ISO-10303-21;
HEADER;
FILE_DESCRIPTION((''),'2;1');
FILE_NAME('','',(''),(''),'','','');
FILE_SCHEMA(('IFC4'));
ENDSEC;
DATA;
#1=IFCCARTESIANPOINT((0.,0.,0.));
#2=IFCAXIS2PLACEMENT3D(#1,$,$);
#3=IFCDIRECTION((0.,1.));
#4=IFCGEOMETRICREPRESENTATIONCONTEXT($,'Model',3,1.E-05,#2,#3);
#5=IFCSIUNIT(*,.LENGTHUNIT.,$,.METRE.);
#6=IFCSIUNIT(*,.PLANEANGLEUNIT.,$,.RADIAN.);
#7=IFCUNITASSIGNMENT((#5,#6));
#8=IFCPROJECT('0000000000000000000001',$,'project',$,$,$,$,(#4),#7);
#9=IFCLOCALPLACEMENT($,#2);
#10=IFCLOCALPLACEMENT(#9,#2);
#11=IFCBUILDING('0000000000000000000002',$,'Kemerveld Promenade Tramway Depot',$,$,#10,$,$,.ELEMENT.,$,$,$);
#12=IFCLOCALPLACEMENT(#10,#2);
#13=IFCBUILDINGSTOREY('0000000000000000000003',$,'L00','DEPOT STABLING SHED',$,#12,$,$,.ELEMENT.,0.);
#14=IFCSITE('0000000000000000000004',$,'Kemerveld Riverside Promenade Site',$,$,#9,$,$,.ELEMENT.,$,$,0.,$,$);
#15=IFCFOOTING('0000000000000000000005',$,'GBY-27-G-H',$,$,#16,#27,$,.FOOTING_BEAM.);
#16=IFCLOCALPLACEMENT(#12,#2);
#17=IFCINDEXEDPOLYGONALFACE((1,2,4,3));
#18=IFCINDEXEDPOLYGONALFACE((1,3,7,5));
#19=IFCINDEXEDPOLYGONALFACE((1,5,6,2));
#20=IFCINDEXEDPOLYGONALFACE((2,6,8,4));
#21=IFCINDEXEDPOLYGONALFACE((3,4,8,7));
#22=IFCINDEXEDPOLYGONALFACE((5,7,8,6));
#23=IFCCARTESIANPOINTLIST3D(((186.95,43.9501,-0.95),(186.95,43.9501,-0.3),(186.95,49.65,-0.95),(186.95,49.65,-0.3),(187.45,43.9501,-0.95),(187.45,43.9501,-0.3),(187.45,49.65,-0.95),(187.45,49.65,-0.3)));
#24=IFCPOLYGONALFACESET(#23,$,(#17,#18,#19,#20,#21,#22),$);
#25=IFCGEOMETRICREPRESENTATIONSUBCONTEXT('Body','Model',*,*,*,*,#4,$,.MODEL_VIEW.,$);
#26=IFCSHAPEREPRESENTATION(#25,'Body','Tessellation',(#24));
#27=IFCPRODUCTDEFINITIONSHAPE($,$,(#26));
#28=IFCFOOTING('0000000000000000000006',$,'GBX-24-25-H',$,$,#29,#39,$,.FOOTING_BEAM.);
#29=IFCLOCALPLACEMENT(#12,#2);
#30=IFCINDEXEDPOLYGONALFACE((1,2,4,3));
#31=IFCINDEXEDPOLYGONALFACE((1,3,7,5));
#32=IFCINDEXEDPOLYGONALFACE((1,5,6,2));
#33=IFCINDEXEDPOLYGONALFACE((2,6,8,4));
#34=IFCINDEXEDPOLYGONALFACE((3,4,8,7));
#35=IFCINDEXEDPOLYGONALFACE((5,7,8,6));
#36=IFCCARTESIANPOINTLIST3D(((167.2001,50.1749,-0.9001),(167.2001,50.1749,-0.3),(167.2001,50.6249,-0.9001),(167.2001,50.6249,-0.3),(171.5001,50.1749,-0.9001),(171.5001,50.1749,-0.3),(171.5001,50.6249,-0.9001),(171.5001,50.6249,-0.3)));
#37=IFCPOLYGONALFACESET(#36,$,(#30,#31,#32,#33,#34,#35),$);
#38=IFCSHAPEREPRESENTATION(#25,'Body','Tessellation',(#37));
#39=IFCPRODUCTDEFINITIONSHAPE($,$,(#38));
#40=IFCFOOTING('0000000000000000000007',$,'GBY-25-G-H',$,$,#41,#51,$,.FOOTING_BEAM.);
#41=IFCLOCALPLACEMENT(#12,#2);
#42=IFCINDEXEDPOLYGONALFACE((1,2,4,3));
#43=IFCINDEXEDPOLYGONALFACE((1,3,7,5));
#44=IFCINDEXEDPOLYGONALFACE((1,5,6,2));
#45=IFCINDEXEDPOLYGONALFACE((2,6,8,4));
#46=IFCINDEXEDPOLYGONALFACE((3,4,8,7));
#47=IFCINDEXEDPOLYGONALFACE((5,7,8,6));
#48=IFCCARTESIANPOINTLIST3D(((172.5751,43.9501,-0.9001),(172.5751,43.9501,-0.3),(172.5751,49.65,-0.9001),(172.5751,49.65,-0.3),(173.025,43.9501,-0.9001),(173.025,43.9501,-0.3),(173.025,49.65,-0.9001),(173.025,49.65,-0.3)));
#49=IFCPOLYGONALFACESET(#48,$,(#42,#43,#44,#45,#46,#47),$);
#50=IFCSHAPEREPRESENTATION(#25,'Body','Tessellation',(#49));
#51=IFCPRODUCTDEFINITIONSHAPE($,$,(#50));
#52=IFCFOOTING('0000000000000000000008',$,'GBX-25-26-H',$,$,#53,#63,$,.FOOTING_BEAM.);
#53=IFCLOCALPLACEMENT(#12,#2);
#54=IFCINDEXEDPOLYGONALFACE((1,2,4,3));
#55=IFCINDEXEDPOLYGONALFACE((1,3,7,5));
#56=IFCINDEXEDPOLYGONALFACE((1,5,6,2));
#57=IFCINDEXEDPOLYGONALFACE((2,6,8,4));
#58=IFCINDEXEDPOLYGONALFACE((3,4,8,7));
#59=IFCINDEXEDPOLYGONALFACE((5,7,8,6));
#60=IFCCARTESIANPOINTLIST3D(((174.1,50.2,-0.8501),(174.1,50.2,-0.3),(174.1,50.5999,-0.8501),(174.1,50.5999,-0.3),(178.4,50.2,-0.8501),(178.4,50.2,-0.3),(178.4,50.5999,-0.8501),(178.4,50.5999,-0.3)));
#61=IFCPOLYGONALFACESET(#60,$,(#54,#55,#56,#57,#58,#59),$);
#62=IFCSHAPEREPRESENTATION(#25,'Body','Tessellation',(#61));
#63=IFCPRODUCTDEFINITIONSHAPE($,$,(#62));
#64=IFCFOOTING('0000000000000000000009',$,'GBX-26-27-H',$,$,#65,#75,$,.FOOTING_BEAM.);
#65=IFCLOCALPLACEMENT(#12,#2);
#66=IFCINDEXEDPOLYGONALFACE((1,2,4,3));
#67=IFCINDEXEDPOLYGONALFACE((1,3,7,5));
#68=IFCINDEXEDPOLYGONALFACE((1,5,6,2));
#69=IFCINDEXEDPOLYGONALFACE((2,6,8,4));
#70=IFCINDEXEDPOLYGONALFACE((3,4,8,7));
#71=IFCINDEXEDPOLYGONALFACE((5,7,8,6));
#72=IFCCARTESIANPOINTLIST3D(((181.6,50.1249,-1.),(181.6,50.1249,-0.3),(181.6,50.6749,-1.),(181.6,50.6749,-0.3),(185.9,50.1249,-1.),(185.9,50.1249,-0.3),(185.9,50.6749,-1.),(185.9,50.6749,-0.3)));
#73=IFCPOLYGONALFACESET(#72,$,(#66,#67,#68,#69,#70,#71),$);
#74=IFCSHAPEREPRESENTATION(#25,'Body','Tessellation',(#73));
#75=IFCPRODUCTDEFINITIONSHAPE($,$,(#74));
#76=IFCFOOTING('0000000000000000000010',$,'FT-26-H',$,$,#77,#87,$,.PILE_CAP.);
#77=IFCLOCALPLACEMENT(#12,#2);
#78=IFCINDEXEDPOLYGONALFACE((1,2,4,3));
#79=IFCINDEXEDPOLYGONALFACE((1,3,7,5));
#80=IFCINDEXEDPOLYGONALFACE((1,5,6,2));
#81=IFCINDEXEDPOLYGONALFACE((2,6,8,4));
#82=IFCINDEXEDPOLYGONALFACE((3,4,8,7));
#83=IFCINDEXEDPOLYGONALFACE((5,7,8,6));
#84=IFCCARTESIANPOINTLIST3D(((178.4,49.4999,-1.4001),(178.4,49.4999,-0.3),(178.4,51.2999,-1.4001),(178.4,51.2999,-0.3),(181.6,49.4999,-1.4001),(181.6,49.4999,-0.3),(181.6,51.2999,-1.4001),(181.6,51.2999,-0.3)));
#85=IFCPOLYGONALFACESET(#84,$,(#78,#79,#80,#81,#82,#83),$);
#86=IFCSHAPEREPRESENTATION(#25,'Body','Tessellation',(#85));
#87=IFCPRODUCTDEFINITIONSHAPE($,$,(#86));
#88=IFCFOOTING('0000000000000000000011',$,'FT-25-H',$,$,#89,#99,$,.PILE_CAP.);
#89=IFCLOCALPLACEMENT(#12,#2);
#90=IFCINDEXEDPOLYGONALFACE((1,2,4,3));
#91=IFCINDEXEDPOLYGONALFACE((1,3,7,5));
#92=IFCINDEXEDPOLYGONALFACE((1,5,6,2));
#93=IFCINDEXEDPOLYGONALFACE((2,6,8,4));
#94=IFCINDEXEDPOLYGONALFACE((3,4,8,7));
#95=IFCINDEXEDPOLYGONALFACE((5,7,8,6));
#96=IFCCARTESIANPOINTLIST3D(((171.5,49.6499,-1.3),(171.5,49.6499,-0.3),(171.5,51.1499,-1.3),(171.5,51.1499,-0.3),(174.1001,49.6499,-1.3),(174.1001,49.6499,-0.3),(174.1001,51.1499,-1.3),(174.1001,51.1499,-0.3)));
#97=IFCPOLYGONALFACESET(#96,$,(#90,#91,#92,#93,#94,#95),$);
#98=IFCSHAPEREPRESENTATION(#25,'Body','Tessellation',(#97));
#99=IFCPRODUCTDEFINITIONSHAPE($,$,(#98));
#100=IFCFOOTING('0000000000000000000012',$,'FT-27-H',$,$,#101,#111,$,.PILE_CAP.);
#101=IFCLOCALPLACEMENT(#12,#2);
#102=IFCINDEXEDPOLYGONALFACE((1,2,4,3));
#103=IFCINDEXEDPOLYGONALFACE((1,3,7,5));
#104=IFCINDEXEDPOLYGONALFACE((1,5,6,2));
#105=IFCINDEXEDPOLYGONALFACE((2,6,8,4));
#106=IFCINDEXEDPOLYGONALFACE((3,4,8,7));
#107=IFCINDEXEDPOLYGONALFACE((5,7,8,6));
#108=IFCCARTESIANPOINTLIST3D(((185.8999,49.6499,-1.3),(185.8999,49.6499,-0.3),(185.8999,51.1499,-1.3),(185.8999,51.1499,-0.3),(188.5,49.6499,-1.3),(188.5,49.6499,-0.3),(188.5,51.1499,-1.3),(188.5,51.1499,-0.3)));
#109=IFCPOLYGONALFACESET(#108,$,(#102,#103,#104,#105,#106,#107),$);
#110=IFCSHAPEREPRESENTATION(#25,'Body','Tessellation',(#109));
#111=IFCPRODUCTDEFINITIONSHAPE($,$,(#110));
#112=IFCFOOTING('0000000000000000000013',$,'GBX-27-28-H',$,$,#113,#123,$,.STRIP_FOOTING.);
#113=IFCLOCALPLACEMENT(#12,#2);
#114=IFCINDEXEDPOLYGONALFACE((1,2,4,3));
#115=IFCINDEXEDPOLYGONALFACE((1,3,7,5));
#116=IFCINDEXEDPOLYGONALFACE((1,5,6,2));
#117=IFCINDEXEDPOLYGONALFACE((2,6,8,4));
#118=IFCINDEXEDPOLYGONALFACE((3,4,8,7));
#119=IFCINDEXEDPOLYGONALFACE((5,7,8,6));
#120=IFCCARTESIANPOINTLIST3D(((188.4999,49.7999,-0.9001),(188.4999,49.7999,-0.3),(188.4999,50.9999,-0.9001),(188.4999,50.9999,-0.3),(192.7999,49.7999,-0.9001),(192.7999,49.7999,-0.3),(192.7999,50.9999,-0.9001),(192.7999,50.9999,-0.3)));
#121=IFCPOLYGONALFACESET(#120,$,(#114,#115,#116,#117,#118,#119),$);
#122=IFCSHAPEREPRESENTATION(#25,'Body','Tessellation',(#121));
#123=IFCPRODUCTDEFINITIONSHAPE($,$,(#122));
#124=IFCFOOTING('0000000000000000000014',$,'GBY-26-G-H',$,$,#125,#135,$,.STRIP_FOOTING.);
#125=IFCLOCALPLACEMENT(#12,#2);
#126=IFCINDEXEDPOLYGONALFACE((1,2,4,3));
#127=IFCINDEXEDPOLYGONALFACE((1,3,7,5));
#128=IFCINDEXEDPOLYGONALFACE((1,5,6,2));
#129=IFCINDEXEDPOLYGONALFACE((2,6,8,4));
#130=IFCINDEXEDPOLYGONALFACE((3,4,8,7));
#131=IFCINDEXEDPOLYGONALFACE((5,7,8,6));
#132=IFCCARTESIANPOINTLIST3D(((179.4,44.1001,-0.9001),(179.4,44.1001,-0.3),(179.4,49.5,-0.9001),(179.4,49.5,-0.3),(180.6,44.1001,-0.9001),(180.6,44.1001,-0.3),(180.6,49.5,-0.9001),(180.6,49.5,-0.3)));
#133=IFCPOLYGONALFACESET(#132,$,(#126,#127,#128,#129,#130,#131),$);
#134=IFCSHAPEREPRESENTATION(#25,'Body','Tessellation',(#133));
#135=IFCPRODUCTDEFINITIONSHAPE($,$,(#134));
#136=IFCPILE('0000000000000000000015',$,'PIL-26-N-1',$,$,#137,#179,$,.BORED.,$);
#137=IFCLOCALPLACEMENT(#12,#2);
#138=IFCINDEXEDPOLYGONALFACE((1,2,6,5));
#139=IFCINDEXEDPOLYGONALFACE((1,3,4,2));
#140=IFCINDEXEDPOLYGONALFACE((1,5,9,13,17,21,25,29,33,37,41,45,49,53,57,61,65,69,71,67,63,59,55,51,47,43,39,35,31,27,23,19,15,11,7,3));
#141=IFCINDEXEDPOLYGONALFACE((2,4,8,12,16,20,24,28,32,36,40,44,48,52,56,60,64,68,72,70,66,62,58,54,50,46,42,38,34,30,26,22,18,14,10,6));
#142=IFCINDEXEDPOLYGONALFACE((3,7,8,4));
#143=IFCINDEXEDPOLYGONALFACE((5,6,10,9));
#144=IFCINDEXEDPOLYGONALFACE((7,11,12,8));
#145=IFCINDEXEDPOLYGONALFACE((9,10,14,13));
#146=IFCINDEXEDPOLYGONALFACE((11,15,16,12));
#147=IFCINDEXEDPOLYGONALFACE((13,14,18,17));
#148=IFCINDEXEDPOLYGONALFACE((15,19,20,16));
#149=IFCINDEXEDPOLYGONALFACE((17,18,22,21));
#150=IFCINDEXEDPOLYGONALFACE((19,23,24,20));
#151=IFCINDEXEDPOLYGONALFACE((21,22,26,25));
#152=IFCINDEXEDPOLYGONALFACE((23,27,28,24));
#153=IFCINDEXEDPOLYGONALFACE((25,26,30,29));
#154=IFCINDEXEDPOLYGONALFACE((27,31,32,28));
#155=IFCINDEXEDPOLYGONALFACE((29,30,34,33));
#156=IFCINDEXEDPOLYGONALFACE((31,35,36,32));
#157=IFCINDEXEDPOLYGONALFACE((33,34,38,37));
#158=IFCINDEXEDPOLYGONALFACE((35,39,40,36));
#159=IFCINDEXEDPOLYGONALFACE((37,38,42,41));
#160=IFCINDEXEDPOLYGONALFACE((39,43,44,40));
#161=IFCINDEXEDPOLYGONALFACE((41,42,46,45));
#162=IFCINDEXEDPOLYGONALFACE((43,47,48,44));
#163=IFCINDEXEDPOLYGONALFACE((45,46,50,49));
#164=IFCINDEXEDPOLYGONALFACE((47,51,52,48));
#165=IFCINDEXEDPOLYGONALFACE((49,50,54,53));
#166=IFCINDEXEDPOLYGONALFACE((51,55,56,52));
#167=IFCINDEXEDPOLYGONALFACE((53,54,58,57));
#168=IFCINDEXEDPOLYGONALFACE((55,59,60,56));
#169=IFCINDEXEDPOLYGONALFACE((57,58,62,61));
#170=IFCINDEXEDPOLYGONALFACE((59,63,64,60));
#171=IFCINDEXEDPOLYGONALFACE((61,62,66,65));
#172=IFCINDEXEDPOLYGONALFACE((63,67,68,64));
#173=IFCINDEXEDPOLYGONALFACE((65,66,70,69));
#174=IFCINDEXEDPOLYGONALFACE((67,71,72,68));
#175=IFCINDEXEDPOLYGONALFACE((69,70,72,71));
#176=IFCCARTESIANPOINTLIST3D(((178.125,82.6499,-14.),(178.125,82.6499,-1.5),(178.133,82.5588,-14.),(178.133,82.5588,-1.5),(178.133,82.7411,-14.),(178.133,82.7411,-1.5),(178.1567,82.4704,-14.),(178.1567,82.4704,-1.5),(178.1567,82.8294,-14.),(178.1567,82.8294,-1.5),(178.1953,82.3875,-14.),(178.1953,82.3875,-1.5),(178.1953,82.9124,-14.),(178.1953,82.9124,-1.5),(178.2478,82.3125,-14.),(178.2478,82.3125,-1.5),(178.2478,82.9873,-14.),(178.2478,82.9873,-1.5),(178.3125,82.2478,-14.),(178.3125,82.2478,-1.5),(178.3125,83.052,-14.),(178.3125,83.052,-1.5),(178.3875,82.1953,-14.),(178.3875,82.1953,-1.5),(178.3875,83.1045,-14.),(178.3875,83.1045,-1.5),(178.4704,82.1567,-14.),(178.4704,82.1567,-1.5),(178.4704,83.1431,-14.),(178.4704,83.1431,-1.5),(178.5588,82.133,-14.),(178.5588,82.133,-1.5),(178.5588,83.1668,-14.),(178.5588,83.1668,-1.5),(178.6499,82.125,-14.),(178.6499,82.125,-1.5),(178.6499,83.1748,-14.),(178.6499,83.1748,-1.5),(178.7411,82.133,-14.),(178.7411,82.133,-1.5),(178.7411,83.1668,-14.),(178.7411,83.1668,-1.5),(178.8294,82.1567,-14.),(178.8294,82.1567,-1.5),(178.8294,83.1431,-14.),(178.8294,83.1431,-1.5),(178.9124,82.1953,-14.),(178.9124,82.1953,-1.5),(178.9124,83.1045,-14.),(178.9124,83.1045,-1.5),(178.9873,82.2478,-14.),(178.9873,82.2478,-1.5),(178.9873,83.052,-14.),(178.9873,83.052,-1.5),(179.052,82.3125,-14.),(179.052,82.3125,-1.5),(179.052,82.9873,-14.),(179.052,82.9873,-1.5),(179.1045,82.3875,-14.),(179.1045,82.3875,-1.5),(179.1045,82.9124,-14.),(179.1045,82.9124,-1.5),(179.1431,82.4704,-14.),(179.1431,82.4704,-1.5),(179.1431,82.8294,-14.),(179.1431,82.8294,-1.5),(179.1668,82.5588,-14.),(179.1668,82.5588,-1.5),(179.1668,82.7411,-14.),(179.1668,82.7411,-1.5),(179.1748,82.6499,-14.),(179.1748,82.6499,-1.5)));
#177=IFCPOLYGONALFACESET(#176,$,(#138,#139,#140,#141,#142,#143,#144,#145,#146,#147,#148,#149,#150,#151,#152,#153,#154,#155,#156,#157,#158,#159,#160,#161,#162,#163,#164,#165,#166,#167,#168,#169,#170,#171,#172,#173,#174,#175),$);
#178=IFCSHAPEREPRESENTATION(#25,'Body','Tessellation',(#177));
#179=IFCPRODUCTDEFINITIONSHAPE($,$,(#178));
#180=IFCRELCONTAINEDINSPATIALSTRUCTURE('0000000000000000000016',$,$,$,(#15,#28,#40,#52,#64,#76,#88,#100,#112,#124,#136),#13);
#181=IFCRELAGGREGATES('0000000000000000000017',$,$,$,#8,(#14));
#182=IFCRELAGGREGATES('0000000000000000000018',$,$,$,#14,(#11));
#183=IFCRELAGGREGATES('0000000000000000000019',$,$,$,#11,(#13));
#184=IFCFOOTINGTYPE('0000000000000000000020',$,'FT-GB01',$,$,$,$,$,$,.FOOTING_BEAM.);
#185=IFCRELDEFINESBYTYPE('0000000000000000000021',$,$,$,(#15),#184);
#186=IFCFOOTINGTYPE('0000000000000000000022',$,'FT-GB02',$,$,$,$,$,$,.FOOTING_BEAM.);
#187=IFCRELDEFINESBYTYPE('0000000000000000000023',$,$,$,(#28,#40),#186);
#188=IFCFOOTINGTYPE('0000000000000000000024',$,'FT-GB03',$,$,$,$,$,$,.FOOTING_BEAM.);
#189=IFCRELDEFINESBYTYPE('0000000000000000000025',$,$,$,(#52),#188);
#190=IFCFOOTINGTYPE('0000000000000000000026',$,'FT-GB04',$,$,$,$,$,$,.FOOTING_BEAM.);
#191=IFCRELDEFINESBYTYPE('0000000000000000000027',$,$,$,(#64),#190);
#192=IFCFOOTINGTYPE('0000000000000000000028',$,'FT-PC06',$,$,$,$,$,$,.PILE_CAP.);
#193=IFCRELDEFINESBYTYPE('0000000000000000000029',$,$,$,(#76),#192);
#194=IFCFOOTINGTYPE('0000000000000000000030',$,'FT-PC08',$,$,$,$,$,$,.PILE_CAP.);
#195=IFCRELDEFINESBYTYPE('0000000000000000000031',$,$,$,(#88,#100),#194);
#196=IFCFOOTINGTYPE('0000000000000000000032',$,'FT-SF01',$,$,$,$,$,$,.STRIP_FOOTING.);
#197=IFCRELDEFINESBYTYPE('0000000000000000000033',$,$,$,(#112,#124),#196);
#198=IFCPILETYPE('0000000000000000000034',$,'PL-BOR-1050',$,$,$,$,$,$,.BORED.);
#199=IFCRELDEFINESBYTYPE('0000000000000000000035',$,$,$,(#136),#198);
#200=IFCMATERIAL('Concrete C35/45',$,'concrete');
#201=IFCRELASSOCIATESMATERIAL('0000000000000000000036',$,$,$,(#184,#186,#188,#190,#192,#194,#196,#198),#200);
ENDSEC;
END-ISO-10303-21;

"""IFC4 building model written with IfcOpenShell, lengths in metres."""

from ifc_helpers import new_model, si_unit, direction, frame, origin, origin_2d, place, context, subcontext, project, spatial, rectangle, circle, extrude, material, material_profile, profile_set, type_object, element, save


model = new_model("IFC4")

# Units and contexts
model_context = context("Model", 3, precision=1e-05, world=origin(), true_north=direction((0.0, 1.0)))
body_context = subcontext(model_context, "Body", "Model", "MODEL_VIEW")
ifc_project = project(units=[si_unit("LENGTHUNIT", "METRE"), si_unit("PLANEANGLEUNIT", "RADIAN")], contexts=[model_context])

# Site, building, storey
site_placement = place(None, origin())
site = spatial("IfcSite", under=ifc_project, at=site_placement, Name="Kemerveld Riverside Promenade Site", CompositionType="ELEMENT", RefElevation=0.0)
building_placement = place(site_placement, origin())
building = spatial("IfcBuilding", under=site, at=building_placement, Name="Kemerveld Promenade Tramway Depot", CompositionType="ELEMENT")
storey_placement = place(building_placement, origin())
storey = spatial("IfcBuildingStorey", under=building, at=storey_placement, Name="L00", Description="DEPOT STABLING SHED", CompositionType="ELEMENT", Elevation=0.0)

# Footings
ifc_material_1 = material(Name="Concrete C35/45", Category="concrete")
footing_type_1 = type_object("IfcFootingType", Name="FT-GB01", PredefinedType="FOOTING_BEAM", material=ifc_material_1)
footing_1_placement = place(storey_placement, frame((187.2, 46.8, -0.95), z_axis=(0.0, 0.0, 1.0), x_axis=(0.0, 1.0, 0.0)))
element("IfcFooting", 1, at=footing_1_placement, inside=storey, type_object=footing_type_1, Name="GBY-27-G-H", PredefinedType="FOOTING_BEAM", context=body_context, shape_type="SweptSolid", body=[
    extrude(rectangle(XDim=5.7, YDim=0.5, at=origin_2d()), origin(), (0.0, 0.0, 1.0), 0.6499),
])
footing_type_2 = type_object("IfcFootingType", Name="FT-GB02", PredefinedType="FOOTING_BEAM", material=ifc_material_1)
footing_2_placement = place(storey_placement, frame((169.3501, 50.3999, -0.9001), z_axis=(0.0, 0.0, 1.0), x_axis=(1.0, 0.0, 0.0)))
element("IfcFooting", 2, at=footing_2_placement, inside=storey, type_object=footing_type_2, Name="GBX-24-25-H", PredefinedType="FOOTING_BEAM", context=body_context, shape_type="SweptSolid", body=[
    extrude(rectangle(XDim=4.3, YDim=0.45, at=origin_2d()), origin(), (0.0, 0.0, 1.0), 0.6001),
])
footing_3_placement = place(storey_placement, frame((172.8, 46.8, -0.9001), z_axis=(0.0, 0.0, 1.0), x_axis=(0.0, 1.0, 0.0)))
element("IfcFooting", 3, at=footing_3_placement, inside=storey, type_object=footing_type_2, Name="GBY-25-G-H", PredefinedType="FOOTING_BEAM", context=body_context, shape_type="SweptSolid", body=[
    extrude(rectangle(XDim=5.7, YDim=0.45, at=origin_2d()), origin(), (0.0, 0.0, 1.0), 0.6001),
])
footing_type_3 = type_object("IfcFootingType", Name="FT-GB03", PredefinedType="FOOTING_BEAM", material=ifc_material_1)
footing_4_placement = place(storey_placement, frame((176.25, 50.3999, -0.8501), z_axis=(0.0, 0.0, 1.0), x_axis=(1.0, 0.0, 0.0)))
element("IfcFooting", 4, at=footing_4_placement, inside=storey, type_object=footing_type_3, Name="GBX-25-26-H", PredefinedType="FOOTING_BEAM", context=body_context, shape_type="SweptSolid", body=[
    extrude(rectangle(XDim=4.3, YDim=0.3999, at=origin_2d()), origin(), (0.0, 0.0, 1.0), 0.55),
])
footing_type_4 = type_object("IfcFootingType", Name="FT-GB04", PredefinedType="FOOTING_BEAM", material=ifc_material_1)
footing_5_placement = place(storey_placement, frame((183.75, 50.3999, -1.0), z_axis=(0.0, 0.0, 1.0), x_axis=(1.0, 0.0, 0.0)))
element("IfcFooting", 5, at=footing_5_placement, inside=storey, type_object=footing_type_4, Name="GBX-26-27-H", PredefinedType="FOOTING_BEAM", context=body_context, shape_type="SweptSolid", body=[
    extrude(rectangle(XDim=4.3, YDim=0.55, at=origin_2d()), origin(), (0.0, 0.0, 1.0), 0.7),
])
footing_type_5 = type_object("IfcFootingType", Name="FT-PC06", PredefinedType="PILE_CAP", material=ifc_material_1)
footing_6_placement = place(storey_placement, frame((180.0, 50.3999, -1.4001), z_axis=(0.0, 0.0, 1.0), x_axis=(1.0, 0.0, 0.0)))
element("IfcFooting", 6, at=footing_6_placement, inside=storey, type_object=footing_type_5, Name="FT-26-H", PredefinedType="PILE_CAP", context=body_context, shape_type="SweptSolid", body=[
    extrude(rectangle(XDim=3.2, YDim=1.8, at=origin_2d()), origin(), (0.0, 0.0, 1.0), 1.1001),
])
footing_type_6 = type_object("IfcFootingType", Name="FT-PC08", PredefinedType="PILE_CAP", material=ifc_material_1)
for number, where, z_axis, x_axis, name in (
    (7, (172.8, 50.3999, -1.3), (0.0, 0.0, 1.0), (1.0, 0.0, 0.0), "FT-25-H"),
    (8, (187.2, 50.3999, -1.3), (0.0, 0.0, 1.0), (1.0, 0.0, 0.0), "FT-27-H"),
):
    element("IfcFooting", number, at=place(storey_placement, frame(where, z_axis=z_axis, x_axis=x_axis)), inside=storey, type_object=footing_type_6, Name=name, PredefinedType="PILE_CAP", context=body_context, shape_type="SweptSolid", body=[
        extrude(rectangle(XDim=2.6001, YDim=1.5, at=origin_2d()), origin(), (0.0, 0.0, 1.0), 1.0),
    ])
footing_type_7 = type_object("IfcFootingType", Name="FT-SF01", PredefinedType="STRIP_FOOTING", material=ifc_material_1)
footing_7_placement = place(storey_placement, frame((190.6499, 50.3999, -0.9001), z_axis=(0.0, 0.0, 1.0), x_axis=(1.0, 0.0, 0.0)))
element("IfcFooting", 9, at=footing_7_placement, inside=storey, type_object=footing_type_7, Name="GBX-27-28-H", PredefinedType="STRIP_FOOTING", context=body_context, shape_type="SweptSolid", body=[
    extrude(rectangle(XDim=4.3, YDim=1.2, at=origin_2d()), origin(), (0.0, 0.0, 1.0), 0.6001),
])
footing_8_placement = place(storey_placement, frame((180.0, 46.8, -0.9001), z_axis=(0.0, 0.0, 1.0), x_axis=(0.0, 1.0, 0.0)))
element("IfcFooting", 10, at=footing_8_placement, inside=storey, type_object=footing_type_7, Name="GBY-26-G-H", PredefinedType="STRIP_FOOTING", context=body_context, shape_type="SweptSolid", body=[
    extrude(rectangle(XDim=5.3999, YDim=1.2, at=origin_2d()), origin(), (0.0, 0.0, 1.0), 0.6001),
])

# Pile
ifc_material_profile_1 = material_profile(ifc_material_1, circle(Radius=0.5249, at=origin_2d()), Name="PILE-D1050")
ifc_profile_set_1 = profile_set([ifc_material_profile_1], Name="Concrete C35/45")
pile_type_1 = type_object("IfcPileType", Name="PL-BOR-1050", PredefinedType="BORED", material=ifc_profile_set_1)
for number, where, z_axis, x_axis, name in (
    (11, (178.6499, 82.6499, -1.5), (0.0, 0.0, -1.0), (1.0, 0.0, 0.0), "PIL-26-N-1"),
):
    element("IfcPile", number, at=place(storey_placement, frame(where, z_axis=z_axis, x_axis=x_axis)), inside=storey, type_object=pile_type_1, Name=name, PredefinedType="BORED", context=body_context, shape_type="SweptSolid", body=[
        extrude(circle(Radius=0.5249, at=origin_2d()), origin(), (0.0, 0.0, 1.0), 12.5),
    ])

save(model, "model.ifc")
